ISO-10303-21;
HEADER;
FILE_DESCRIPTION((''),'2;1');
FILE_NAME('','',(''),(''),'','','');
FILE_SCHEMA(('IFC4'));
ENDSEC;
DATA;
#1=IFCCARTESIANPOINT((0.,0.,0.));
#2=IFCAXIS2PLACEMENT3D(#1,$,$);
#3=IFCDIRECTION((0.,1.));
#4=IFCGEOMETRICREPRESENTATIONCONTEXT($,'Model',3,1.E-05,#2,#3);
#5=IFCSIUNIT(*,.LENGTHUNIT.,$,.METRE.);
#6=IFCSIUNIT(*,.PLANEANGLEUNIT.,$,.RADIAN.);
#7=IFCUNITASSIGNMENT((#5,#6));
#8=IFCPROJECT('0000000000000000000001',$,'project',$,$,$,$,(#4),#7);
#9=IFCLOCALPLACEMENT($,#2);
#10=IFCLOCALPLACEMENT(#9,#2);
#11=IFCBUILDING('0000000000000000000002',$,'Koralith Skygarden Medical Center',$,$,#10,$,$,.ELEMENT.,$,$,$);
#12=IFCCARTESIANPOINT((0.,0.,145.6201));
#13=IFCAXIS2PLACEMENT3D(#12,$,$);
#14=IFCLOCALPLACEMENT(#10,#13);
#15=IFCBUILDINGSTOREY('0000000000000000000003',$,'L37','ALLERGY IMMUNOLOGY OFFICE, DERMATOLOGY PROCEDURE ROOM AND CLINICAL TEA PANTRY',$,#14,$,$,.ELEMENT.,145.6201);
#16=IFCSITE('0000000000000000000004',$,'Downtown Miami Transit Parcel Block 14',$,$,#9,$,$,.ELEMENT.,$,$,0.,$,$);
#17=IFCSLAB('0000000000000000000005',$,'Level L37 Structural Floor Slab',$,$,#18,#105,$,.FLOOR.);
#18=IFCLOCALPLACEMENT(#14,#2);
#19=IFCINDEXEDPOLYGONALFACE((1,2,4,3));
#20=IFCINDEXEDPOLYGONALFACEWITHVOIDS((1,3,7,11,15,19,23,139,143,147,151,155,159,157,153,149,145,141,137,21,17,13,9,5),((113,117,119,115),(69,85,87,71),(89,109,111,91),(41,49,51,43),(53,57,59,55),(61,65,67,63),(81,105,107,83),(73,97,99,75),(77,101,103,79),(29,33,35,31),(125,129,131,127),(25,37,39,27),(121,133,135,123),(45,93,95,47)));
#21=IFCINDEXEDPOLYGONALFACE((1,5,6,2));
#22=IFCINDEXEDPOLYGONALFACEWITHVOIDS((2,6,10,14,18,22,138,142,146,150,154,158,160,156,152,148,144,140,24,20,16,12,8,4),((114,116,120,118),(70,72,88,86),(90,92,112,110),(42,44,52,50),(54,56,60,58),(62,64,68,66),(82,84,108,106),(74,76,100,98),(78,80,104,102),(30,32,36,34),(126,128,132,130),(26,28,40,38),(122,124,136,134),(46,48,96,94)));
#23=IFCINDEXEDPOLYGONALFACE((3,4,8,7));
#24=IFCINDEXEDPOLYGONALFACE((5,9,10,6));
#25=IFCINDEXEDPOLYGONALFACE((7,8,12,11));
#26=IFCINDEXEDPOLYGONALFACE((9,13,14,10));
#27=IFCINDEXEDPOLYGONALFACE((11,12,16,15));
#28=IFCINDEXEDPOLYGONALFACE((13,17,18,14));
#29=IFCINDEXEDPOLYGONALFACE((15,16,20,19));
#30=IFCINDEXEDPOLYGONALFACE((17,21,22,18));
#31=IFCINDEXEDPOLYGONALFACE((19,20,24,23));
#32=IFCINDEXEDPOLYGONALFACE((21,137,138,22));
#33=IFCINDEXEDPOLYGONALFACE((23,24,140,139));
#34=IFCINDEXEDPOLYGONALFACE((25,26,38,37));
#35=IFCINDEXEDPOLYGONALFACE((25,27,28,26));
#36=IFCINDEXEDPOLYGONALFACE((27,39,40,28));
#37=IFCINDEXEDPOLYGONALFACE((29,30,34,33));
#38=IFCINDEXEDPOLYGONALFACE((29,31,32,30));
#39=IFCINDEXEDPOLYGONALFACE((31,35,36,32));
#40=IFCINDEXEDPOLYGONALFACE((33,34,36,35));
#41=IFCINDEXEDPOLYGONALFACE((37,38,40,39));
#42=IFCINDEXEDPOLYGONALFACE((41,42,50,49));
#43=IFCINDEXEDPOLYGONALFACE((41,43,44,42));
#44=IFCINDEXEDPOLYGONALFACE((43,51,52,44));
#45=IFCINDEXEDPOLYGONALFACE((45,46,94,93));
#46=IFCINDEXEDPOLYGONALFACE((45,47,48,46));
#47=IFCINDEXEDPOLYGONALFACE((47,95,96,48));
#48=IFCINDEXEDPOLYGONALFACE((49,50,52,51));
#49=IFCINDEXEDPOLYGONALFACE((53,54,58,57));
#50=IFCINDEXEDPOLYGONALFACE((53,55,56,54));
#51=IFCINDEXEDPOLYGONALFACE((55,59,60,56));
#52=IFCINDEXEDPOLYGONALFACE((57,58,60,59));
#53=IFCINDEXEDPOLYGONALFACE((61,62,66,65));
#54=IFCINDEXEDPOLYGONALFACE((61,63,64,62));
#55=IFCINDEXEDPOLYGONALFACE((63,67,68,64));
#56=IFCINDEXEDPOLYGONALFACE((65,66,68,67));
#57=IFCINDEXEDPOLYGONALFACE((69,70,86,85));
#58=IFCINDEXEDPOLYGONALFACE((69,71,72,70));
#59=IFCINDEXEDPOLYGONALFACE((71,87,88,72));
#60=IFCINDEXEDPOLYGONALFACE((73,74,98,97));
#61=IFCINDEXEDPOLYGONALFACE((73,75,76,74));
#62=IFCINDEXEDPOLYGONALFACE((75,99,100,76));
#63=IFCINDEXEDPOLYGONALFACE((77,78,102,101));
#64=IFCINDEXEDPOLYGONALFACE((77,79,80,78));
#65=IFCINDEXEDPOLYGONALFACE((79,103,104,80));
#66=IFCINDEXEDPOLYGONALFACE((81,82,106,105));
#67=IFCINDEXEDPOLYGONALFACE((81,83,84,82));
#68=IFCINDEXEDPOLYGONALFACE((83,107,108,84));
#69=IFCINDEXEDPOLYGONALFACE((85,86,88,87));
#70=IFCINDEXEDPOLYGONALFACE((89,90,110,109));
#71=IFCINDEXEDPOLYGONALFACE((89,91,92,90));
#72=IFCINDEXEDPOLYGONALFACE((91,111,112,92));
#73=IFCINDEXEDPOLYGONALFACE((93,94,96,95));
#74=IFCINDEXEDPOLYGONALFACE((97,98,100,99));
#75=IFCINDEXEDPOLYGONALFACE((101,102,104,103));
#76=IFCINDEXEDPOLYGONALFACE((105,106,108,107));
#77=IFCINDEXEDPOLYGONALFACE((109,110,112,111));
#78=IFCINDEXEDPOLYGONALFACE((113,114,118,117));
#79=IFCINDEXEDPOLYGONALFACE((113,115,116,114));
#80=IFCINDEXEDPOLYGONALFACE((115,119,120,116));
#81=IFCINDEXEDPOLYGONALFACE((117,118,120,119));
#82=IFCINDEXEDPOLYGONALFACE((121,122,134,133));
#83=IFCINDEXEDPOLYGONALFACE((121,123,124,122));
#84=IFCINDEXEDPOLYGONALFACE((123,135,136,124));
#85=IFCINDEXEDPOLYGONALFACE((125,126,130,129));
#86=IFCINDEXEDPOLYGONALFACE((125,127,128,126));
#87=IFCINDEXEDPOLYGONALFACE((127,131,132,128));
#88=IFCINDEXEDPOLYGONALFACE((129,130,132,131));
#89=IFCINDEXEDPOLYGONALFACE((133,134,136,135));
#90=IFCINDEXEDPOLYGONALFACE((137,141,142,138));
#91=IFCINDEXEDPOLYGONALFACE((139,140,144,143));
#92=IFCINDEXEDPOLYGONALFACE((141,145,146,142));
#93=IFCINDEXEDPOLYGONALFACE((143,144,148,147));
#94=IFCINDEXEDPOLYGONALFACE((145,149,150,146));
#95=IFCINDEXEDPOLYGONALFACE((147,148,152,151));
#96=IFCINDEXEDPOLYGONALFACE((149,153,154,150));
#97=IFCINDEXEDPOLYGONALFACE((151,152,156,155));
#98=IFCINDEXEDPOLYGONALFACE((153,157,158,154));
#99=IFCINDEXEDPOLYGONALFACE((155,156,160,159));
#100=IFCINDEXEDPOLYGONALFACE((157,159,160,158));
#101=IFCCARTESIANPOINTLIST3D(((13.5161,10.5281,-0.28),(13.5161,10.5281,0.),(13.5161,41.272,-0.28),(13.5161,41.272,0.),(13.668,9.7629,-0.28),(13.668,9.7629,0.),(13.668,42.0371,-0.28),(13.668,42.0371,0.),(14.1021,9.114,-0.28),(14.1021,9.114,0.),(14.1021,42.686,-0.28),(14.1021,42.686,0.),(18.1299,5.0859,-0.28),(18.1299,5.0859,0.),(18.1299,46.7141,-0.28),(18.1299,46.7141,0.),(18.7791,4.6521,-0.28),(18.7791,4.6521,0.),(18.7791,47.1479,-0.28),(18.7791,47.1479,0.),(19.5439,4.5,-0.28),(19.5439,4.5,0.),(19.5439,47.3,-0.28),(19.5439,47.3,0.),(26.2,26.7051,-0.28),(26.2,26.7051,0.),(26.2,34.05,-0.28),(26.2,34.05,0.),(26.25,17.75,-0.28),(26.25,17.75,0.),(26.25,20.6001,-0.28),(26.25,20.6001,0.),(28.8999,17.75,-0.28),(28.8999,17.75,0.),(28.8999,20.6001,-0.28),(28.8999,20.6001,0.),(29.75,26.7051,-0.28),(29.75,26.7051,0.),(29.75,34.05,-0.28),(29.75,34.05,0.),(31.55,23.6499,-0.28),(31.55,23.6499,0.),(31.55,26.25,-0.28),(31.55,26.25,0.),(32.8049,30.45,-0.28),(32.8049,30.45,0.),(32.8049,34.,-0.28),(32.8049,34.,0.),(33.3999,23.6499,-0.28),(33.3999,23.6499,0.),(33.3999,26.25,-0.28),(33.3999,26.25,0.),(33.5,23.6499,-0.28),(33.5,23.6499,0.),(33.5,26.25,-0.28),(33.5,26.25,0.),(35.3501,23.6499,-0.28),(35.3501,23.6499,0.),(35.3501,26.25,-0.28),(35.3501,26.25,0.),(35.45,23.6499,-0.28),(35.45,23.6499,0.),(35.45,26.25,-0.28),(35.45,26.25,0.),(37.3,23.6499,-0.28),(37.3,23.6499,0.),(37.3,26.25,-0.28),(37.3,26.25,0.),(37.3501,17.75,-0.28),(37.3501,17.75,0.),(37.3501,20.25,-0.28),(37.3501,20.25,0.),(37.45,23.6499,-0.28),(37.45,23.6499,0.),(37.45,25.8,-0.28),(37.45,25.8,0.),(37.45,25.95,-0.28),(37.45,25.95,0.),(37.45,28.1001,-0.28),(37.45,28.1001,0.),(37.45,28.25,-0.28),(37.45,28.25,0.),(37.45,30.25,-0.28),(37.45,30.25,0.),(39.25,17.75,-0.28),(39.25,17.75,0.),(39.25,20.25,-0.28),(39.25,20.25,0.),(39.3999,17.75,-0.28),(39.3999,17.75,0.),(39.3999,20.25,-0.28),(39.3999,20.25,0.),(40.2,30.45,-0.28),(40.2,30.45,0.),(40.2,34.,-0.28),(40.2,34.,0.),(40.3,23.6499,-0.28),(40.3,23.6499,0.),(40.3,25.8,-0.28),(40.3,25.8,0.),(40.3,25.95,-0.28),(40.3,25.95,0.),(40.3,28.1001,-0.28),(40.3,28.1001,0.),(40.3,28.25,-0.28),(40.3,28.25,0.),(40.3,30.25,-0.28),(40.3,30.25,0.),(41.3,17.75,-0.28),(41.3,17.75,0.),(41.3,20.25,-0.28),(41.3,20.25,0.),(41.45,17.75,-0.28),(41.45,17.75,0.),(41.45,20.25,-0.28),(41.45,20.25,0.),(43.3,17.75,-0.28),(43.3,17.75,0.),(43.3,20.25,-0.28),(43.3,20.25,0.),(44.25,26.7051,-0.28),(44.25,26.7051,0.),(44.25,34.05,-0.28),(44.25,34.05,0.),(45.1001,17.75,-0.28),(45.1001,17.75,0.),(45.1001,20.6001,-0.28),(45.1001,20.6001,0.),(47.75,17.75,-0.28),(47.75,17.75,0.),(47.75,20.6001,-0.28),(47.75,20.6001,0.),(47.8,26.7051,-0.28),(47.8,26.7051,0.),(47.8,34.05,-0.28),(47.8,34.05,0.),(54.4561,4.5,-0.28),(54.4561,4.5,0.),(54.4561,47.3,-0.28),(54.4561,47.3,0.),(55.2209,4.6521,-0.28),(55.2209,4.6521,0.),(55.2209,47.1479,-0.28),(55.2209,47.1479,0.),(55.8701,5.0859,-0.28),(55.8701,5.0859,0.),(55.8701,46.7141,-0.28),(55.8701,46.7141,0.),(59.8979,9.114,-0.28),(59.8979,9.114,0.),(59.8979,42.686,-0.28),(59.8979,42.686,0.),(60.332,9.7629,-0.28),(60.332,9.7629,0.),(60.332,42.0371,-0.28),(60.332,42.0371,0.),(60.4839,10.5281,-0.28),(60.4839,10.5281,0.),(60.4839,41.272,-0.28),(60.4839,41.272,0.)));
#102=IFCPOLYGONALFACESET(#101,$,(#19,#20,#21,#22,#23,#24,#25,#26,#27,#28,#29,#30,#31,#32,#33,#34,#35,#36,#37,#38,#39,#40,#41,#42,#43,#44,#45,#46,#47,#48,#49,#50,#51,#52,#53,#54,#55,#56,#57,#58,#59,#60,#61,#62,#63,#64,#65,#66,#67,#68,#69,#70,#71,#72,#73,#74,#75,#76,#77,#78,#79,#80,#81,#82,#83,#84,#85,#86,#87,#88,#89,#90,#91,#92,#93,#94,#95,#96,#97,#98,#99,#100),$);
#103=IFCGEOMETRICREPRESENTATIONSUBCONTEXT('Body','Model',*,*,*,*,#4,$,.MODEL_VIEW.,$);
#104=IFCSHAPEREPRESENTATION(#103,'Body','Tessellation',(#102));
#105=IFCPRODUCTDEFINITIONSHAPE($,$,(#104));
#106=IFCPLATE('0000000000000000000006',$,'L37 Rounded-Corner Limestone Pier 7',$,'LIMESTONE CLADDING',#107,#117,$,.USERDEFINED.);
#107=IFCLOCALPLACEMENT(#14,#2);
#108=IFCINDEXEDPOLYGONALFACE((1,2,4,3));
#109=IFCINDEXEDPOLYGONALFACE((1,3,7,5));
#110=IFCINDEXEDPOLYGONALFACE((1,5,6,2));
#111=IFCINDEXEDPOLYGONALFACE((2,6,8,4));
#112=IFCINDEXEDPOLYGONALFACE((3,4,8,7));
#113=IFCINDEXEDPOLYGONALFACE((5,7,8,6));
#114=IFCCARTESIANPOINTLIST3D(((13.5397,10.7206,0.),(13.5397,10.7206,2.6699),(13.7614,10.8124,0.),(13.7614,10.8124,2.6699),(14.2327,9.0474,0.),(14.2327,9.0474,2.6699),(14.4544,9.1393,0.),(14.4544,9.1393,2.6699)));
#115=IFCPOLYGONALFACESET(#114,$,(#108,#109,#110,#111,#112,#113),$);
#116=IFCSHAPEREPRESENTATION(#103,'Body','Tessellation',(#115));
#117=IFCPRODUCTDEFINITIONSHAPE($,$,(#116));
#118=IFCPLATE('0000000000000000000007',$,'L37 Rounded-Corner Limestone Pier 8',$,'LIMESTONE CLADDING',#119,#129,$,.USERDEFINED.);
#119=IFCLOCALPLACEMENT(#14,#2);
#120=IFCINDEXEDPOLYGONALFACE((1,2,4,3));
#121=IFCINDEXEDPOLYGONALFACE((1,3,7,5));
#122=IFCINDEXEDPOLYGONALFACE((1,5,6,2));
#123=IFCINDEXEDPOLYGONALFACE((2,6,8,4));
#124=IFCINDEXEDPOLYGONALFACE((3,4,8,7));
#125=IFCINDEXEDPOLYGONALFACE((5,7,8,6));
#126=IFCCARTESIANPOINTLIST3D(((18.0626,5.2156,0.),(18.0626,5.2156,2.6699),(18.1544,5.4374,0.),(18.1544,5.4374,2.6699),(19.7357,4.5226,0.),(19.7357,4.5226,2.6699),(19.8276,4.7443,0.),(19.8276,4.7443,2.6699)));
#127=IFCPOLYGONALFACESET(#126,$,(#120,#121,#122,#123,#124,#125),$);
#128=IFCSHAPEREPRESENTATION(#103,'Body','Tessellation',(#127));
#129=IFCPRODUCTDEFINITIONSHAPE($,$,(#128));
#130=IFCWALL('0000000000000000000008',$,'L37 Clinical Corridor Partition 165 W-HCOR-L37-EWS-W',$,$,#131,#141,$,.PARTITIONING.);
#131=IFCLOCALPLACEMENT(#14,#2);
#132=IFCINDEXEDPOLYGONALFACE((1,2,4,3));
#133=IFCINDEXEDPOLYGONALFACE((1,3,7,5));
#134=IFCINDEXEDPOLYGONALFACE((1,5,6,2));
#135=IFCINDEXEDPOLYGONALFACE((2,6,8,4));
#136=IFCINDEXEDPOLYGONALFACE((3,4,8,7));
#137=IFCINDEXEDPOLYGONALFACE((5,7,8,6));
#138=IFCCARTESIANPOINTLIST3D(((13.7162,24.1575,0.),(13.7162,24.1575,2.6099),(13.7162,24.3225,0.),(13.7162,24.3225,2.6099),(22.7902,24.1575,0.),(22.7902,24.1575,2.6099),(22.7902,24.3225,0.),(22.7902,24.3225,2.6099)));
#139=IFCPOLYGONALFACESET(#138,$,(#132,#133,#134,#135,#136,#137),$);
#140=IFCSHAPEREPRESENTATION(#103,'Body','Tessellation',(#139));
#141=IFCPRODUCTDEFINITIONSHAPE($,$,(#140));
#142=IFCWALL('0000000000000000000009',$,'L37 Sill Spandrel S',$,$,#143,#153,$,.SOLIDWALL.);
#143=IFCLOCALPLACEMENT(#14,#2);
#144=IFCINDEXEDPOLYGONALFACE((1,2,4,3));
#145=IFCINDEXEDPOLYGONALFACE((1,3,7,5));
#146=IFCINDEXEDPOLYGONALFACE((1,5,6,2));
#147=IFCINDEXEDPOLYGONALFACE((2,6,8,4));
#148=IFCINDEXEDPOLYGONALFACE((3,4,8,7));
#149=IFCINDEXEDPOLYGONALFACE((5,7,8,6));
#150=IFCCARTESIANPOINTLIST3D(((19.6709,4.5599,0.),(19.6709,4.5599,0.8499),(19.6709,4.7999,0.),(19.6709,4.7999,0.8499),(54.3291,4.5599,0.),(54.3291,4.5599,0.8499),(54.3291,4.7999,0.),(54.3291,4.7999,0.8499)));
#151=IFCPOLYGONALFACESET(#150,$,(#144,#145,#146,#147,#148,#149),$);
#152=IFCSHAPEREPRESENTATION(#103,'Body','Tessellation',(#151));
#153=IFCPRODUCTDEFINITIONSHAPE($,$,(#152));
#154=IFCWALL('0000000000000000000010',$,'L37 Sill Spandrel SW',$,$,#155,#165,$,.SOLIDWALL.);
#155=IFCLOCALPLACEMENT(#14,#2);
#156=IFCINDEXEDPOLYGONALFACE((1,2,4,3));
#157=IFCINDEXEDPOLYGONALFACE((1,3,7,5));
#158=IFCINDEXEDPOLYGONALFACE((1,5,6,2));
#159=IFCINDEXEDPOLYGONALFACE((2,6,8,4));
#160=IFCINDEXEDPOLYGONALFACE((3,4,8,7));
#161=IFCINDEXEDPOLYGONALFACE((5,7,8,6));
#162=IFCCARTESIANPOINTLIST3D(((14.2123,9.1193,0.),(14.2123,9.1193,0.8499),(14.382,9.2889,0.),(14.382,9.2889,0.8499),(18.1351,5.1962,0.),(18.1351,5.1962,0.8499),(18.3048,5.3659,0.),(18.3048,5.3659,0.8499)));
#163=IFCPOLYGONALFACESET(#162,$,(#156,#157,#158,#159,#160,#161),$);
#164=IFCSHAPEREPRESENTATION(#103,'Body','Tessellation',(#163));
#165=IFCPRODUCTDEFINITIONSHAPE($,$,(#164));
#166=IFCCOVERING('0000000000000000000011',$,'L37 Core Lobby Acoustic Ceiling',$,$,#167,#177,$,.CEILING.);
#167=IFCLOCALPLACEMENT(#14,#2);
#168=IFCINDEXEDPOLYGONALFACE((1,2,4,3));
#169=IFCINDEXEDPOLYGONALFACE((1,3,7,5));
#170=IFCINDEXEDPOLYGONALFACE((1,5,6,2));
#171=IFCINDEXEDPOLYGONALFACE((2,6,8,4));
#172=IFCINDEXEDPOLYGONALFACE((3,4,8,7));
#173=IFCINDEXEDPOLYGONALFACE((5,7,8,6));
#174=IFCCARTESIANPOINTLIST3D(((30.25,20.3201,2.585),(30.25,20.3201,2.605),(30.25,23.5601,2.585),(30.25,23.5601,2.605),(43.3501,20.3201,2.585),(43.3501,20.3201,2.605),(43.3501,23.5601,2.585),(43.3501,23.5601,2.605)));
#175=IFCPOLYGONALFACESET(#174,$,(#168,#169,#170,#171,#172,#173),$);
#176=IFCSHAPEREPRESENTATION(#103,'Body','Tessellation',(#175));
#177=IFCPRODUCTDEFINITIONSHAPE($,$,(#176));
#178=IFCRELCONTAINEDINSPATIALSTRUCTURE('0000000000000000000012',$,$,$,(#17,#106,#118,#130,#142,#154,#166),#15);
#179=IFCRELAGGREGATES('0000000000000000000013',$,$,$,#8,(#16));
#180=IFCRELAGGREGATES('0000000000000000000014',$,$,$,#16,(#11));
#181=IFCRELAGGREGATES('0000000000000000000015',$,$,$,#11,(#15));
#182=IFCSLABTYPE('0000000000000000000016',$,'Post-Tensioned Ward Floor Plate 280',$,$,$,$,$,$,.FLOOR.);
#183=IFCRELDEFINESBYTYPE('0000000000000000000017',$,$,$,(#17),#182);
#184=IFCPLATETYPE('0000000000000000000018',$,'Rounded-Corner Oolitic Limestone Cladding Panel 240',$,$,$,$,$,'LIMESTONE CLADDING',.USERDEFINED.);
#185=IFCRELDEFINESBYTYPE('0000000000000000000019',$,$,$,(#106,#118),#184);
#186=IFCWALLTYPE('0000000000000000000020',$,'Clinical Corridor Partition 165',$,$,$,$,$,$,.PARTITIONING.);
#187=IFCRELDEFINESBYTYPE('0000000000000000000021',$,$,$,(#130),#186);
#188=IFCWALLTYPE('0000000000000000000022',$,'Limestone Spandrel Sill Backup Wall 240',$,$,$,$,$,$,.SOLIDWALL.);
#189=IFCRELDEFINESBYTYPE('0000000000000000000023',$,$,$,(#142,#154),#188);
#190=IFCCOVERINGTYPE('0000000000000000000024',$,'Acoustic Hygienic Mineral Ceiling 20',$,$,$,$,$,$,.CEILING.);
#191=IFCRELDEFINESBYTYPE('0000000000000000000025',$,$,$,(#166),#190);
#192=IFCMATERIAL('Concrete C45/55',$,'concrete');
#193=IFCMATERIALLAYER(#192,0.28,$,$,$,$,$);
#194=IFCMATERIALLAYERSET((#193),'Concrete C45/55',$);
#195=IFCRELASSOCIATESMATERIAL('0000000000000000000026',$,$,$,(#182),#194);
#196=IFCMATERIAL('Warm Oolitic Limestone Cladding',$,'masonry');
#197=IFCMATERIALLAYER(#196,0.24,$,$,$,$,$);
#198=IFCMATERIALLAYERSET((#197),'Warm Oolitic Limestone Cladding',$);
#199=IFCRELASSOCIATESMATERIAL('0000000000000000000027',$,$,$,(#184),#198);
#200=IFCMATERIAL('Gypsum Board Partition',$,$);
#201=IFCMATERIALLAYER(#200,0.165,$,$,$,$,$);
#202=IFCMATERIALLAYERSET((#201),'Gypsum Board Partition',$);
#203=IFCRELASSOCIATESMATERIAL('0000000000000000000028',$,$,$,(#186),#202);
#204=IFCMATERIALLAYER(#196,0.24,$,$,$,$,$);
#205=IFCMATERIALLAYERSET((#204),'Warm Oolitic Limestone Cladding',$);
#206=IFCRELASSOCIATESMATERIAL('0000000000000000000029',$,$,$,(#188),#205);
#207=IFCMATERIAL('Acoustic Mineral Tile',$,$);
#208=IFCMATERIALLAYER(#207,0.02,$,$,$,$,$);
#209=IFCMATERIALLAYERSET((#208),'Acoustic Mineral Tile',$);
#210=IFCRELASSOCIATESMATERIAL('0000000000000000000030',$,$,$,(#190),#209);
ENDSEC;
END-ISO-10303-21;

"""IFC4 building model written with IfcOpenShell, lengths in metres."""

from ifc_helpers import new_model, si_unit, direction, frame, frame_2d, origin, origin_2d, place, context, subcontext, project, spatial, polyline, rectangle, outline, extrude, material, layer, layer_set, type_object, element, save


model = new_model("IFC4")

# Units and contexts
model_context = context("Model", 3, precision=1e-05, world=origin(), true_north=direction((0.0, 1.0)))
body_context = subcontext(model_context, "Body", "Model", "MODEL_VIEW")
ifc_project = project(units=[si_unit("LENGTHUNIT", "METRE"), si_unit("PLANEANGLEUNIT", "RADIAN")], contexts=[model_context])

# Site, building, storey
site_placement = place(None, origin())
site = spatial("IfcSite", under=ifc_project, at=site_placement, Name="Downtown Miami Transit Parcel Block 14", CompositionType="ELEMENT", RefElevation=0.0)
building_placement = place(site_placement, origin())
building = spatial("IfcBuilding", under=site, at=building_placement, Name="Koralith Skygarden Medical Center", CompositionType="ELEMENT")
storey_placement = place(building_placement, frame((0.0, 0.0, 145.6201)))
storey = spatial("IfcBuildingStorey", under=building, at=storey_placement, Name="L37", Description="ALLERGY IMMUNOLOGY OFFICE, DERMATOLOGY PROCEDURE ROOM AND CLINICAL TEA PANTRY", CompositionType="ELEMENT", Elevation=145.6201)

# Shared definitions
ifc_material_1 = material(Name="Concrete C45/55", Category="concrete")

# Slab
ifc_layer_1 = layer(ifc_material_1, 0.28)
ifc_layer_set_1 = layer_set([ifc_layer_1], Name="Concrete C45/55")
slab_type_1 = type_object("IfcSlabType", Name="Post-Tensioned Ward Floor Plate 280", PredefinedType="FLOOR", material=ifc_layer_set_1)
slab_1_placement = place(storey_placement, frame((0.0, 0.0, -0.28)))
element("IfcSlab", 1, at=slab_1_placement, inside=storey, type_object=slab_type_1, Name="Level L37 Structural Floor Slab", PredefinedType="FLOOR", context=body_context, shape_type="SweptSolid", body=[
    extrude(outline(polyline([(18.1299, 5.0859), (18.7791, 4.6521), (19.5439, 4.5), (54.4561, 4.5), (55.2209, 4.6521), (55.8701, 5.0859), (59.8979, 9.114), (60.332, 9.7629), (60.4839, 10.5281), (60.4839, 41.272), (60.332, 42.0371), (59.8979, 42.686), (55.8701, 46.7141), (55.2209, 47.1479), (54.4561, 47.3), (19.5439, 47.3), (18.7791, 47.1479), (18.1299, 46.7141), (14.1021, 42.686), (13.668, 42.0371), (13.5161, 41.272), (13.5161, 10.5281), (13.668, 9.7629), (14.1021, 9.114), (18.1299, 5.0859)]), holes=[polyline([(26.2, 26.7051), (29.75, 26.7051), (29.75, 34.05), (26.2, 34.05), (26.2, 26.7051)]), polyline([(44.25, 26.7051), (47.8, 26.7051), (47.8, 34.05), (44.25, 34.05), (44.25, 26.7051)]), polyline([(32.8049, 30.45), (40.2, 30.45), (40.2, 34.0), (32.8049, 34.0), (32.8049, 30.45)]), polyline([(26.25, 17.75), (28.8999, 17.75), (28.8999, 20.6001), (26.25, 20.6001), (26.25, 17.75)]), polyline([(45.1001, 17.75), (47.75, 17.75), (47.75, 20.6001), (45.1001, 20.6001), (45.1001, 17.75)]), polyline([(37.3501, 17.75), (39.25, 17.75), (39.25, 20.25), (37.3501, 20.25), (37.3501, 17.75)]), polyline([(39.3999, 17.75), (41.3, 17.75), (41.3, 20.25), (39.3999, 20.25), (39.3999, 17.75)]), polyline([(41.45, 17.75), (43.3, 17.75), (43.3, 20.25), (41.45, 20.25), (41.45, 17.75)]), polyline([(31.55, 23.6499), (33.3999, 23.6499), (33.3999, 26.25), (31.55, 26.25), (31.55, 23.6499)]), polyline([(33.5, 23.6499), (35.3501, 23.6499), (35.3501, 26.25), (33.5, 26.25), (33.5, 23.6499)]), polyline([(35.45, 23.6499), (37.3, 23.6499), (37.3, 26.25), (35.45, 26.25), (35.45, 23.6499)]), polyline([(37.45, 23.6499), (40.3, 23.6499), (40.3, 25.8), (37.45, 25.8), (37.45, 23.6499)]), polyline([(37.45, 25.95), (40.3, 25.95), (40.3, 28.1001), (37.45, 28.1001), (37.45, 25.95)]), polyline([(37.45, 28.25), (40.3, 28.25), (40.3, 30.25), (37.45, 30.25), (37.45, 28.25)])]), origin(), (0.0, 0.0, 1.0), 0.28),
])

# Plates
ifc_material_2 = material(Name="Warm Oolitic Limestone Cladding", Category="masonry")
ifc_layer_2 = layer(ifc_material_2, 0.24)
ifc_layer_set_2 = layer_set([ifc_layer_2], Name="Warm Oolitic Limestone Cladding")
plate_type_1 = type_object("IfcPlateType", Name="Rounded-Corner Oolitic Limestone Cladding Panel 240", ElementType="LIMESTONE CLADDING", PredefinedType="USERDEFINED", material=ifc_layer_set_2)
for number, where, z_axis, x_axis, name in (
    (2, (13.9971, 9.9299, 0.0), (0.0, 0.0, 1.0), (0.382671, -0.923885, 0.0), "L37 Rounded-Corner Limestone Pier 7"),
    (3, (18.9451, 4.98, 0.0), (0.0, 0.0, 1.0), (0.923885, -0.382671, 0.0), "L37 Rounded-Corner Limestone Pier 8"),
):
    element("IfcPlate", number, at=place(storey_placement, frame(where, z_axis=z_axis, x_axis=x_axis)), inside=storey, type_object=plate_type_1, Name=name, ObjectType="LIMESTONE CLADDING", PredefinedType="USERDEFINED", context=body_context, shape_type="SweptSolid", body=[
        extrude(rectangle(XDim=1.811, YDim=0.24, at=origin_2d()), origin(), (0.0, 0.0, 1.0), 2.6699),
    ])

# Walls
ifc_material_3 = material(Name="Gypsum Board Partition")
ifc_layer_3 = layer(ifc_material_3, 0.165)
ifc_layer_set_3 = layer_set([ifc_layer_3], Name="Gypsum Board Partition")
wall_type_1 = type_object("IfcWallType", Name="Clinical Corridor Partition 165", PredefinedType="PARTITIONING", material=ifc_layer_set_3)
wall_1_placement = place(storey_placement, frame((13.7161, 24.24, 0.0), z_axis=(0.0, 0.0, 1.0), x_axis=(1.0, 0.0, 0.0)))
element("IfcWall", 4, at=wall_1_placement, inside=storey, type_object=wall_type_1, Name="L37 Clinical Corridor Partition 165 W-HCOR-L37-EWS-W", PredefinedType="PARTITIONING", context=body_context, shape_type="SweptSolid", body=[
    extrude(rectangle(XDim=9.074, YDim=0.165, at=frame_2d((4.5371, 0.0))), origin(), (0.0, 0.0, 1.0), 2.6099),
])
ifc_layer_4 = layer(ifc_material_2, 0.24)
ifc_layer_set_4 = layer_set([ifc_layer_4], Name="Warm Oolitic Limestone Cladding")
wall_type_2 = type_object("IfcWallType", Name="Limestone Spandrel Sill Backup Wall 240", PredefinedType="SOLIDWALL", material=ifc_layer_set_4)
wall_2_placement = place(storey_placement, frame((19.6709, 4.6799, 0.0), z_axis=(0.0, 0.0, 1.0), x_axis=(1.0, 0.0, 0.0)))
element("IfcWall", 5, at=wall_2_placement, inside=storey, type_object=wall_type_2, Name="L37 Sill Spandrel S", PredefinedType="SOLIDWALL", context=body_context, shape_type="SweptSolid", body=[
    extrude(rectangle(XDim=34.6582, YDim=0.24, at=frame_2d((17.3291, 0.0))), origin(), (0.0, 0.0, 1.0), 0.8499),
])
wall_3_placement = place(storey_placement, frame((14.2971, 9.2041, 0.0), z_axis=(0.0, 0.0, 1.0), x_axis=(0.707085, -0.707129, 0.0)))
element("IfcWall", 6, at=wall_3_placement, inside=storey, type_object=wall_type_2, Name="L37 Sill Spandrel SW", PredefinedType="SOLIDWALL", context=body_context, shape_type="SweptSolid", body=[
    extrude(rectangle(XDim=5.5479, YDim=0.24, at=frame_2d((2.7739, 0.0))), origin(), (0.0, 0.0, 1.0), 0.8499),
])

# Covering
ifc_material_4 = material(Name="Acoustic Mineral Tile")
ifc_layer_5 = layer(ifc_material_4, 0.02)
ifc_layer_set_5 = layer_set([ifc_layer_5], Name="Acoustic Mineral Tile")
covering_type_1 = type_object("IfcCoveringType", Name="Acoustic Hygienic Mineral Ceiling 20", PredefinedType="CEILING", material=ifc_layer_set_5)
covering_1_placement = place(storey_placement, frame((0.0, 0.0, 2.585)))
element("IfcCovering", 7, at=covering_1_placement, inside=storey, type_object=covering_type_1, Name="L37 Core Lobby Acoustic Ceiling", PredefinedType="CEILING", context=body_context, shape_type="SweptSolid", body=[
    extrude(outline(polyline([(30.25, 20.3201), (43.3501, 20.3201), (43.3501, 23.5601), (30.25, 23.5601), (30.25, 20.3201)])), origin(), (0.0, 0.0, 1.0), 0.02),
])

save(model, "model.ifc")
